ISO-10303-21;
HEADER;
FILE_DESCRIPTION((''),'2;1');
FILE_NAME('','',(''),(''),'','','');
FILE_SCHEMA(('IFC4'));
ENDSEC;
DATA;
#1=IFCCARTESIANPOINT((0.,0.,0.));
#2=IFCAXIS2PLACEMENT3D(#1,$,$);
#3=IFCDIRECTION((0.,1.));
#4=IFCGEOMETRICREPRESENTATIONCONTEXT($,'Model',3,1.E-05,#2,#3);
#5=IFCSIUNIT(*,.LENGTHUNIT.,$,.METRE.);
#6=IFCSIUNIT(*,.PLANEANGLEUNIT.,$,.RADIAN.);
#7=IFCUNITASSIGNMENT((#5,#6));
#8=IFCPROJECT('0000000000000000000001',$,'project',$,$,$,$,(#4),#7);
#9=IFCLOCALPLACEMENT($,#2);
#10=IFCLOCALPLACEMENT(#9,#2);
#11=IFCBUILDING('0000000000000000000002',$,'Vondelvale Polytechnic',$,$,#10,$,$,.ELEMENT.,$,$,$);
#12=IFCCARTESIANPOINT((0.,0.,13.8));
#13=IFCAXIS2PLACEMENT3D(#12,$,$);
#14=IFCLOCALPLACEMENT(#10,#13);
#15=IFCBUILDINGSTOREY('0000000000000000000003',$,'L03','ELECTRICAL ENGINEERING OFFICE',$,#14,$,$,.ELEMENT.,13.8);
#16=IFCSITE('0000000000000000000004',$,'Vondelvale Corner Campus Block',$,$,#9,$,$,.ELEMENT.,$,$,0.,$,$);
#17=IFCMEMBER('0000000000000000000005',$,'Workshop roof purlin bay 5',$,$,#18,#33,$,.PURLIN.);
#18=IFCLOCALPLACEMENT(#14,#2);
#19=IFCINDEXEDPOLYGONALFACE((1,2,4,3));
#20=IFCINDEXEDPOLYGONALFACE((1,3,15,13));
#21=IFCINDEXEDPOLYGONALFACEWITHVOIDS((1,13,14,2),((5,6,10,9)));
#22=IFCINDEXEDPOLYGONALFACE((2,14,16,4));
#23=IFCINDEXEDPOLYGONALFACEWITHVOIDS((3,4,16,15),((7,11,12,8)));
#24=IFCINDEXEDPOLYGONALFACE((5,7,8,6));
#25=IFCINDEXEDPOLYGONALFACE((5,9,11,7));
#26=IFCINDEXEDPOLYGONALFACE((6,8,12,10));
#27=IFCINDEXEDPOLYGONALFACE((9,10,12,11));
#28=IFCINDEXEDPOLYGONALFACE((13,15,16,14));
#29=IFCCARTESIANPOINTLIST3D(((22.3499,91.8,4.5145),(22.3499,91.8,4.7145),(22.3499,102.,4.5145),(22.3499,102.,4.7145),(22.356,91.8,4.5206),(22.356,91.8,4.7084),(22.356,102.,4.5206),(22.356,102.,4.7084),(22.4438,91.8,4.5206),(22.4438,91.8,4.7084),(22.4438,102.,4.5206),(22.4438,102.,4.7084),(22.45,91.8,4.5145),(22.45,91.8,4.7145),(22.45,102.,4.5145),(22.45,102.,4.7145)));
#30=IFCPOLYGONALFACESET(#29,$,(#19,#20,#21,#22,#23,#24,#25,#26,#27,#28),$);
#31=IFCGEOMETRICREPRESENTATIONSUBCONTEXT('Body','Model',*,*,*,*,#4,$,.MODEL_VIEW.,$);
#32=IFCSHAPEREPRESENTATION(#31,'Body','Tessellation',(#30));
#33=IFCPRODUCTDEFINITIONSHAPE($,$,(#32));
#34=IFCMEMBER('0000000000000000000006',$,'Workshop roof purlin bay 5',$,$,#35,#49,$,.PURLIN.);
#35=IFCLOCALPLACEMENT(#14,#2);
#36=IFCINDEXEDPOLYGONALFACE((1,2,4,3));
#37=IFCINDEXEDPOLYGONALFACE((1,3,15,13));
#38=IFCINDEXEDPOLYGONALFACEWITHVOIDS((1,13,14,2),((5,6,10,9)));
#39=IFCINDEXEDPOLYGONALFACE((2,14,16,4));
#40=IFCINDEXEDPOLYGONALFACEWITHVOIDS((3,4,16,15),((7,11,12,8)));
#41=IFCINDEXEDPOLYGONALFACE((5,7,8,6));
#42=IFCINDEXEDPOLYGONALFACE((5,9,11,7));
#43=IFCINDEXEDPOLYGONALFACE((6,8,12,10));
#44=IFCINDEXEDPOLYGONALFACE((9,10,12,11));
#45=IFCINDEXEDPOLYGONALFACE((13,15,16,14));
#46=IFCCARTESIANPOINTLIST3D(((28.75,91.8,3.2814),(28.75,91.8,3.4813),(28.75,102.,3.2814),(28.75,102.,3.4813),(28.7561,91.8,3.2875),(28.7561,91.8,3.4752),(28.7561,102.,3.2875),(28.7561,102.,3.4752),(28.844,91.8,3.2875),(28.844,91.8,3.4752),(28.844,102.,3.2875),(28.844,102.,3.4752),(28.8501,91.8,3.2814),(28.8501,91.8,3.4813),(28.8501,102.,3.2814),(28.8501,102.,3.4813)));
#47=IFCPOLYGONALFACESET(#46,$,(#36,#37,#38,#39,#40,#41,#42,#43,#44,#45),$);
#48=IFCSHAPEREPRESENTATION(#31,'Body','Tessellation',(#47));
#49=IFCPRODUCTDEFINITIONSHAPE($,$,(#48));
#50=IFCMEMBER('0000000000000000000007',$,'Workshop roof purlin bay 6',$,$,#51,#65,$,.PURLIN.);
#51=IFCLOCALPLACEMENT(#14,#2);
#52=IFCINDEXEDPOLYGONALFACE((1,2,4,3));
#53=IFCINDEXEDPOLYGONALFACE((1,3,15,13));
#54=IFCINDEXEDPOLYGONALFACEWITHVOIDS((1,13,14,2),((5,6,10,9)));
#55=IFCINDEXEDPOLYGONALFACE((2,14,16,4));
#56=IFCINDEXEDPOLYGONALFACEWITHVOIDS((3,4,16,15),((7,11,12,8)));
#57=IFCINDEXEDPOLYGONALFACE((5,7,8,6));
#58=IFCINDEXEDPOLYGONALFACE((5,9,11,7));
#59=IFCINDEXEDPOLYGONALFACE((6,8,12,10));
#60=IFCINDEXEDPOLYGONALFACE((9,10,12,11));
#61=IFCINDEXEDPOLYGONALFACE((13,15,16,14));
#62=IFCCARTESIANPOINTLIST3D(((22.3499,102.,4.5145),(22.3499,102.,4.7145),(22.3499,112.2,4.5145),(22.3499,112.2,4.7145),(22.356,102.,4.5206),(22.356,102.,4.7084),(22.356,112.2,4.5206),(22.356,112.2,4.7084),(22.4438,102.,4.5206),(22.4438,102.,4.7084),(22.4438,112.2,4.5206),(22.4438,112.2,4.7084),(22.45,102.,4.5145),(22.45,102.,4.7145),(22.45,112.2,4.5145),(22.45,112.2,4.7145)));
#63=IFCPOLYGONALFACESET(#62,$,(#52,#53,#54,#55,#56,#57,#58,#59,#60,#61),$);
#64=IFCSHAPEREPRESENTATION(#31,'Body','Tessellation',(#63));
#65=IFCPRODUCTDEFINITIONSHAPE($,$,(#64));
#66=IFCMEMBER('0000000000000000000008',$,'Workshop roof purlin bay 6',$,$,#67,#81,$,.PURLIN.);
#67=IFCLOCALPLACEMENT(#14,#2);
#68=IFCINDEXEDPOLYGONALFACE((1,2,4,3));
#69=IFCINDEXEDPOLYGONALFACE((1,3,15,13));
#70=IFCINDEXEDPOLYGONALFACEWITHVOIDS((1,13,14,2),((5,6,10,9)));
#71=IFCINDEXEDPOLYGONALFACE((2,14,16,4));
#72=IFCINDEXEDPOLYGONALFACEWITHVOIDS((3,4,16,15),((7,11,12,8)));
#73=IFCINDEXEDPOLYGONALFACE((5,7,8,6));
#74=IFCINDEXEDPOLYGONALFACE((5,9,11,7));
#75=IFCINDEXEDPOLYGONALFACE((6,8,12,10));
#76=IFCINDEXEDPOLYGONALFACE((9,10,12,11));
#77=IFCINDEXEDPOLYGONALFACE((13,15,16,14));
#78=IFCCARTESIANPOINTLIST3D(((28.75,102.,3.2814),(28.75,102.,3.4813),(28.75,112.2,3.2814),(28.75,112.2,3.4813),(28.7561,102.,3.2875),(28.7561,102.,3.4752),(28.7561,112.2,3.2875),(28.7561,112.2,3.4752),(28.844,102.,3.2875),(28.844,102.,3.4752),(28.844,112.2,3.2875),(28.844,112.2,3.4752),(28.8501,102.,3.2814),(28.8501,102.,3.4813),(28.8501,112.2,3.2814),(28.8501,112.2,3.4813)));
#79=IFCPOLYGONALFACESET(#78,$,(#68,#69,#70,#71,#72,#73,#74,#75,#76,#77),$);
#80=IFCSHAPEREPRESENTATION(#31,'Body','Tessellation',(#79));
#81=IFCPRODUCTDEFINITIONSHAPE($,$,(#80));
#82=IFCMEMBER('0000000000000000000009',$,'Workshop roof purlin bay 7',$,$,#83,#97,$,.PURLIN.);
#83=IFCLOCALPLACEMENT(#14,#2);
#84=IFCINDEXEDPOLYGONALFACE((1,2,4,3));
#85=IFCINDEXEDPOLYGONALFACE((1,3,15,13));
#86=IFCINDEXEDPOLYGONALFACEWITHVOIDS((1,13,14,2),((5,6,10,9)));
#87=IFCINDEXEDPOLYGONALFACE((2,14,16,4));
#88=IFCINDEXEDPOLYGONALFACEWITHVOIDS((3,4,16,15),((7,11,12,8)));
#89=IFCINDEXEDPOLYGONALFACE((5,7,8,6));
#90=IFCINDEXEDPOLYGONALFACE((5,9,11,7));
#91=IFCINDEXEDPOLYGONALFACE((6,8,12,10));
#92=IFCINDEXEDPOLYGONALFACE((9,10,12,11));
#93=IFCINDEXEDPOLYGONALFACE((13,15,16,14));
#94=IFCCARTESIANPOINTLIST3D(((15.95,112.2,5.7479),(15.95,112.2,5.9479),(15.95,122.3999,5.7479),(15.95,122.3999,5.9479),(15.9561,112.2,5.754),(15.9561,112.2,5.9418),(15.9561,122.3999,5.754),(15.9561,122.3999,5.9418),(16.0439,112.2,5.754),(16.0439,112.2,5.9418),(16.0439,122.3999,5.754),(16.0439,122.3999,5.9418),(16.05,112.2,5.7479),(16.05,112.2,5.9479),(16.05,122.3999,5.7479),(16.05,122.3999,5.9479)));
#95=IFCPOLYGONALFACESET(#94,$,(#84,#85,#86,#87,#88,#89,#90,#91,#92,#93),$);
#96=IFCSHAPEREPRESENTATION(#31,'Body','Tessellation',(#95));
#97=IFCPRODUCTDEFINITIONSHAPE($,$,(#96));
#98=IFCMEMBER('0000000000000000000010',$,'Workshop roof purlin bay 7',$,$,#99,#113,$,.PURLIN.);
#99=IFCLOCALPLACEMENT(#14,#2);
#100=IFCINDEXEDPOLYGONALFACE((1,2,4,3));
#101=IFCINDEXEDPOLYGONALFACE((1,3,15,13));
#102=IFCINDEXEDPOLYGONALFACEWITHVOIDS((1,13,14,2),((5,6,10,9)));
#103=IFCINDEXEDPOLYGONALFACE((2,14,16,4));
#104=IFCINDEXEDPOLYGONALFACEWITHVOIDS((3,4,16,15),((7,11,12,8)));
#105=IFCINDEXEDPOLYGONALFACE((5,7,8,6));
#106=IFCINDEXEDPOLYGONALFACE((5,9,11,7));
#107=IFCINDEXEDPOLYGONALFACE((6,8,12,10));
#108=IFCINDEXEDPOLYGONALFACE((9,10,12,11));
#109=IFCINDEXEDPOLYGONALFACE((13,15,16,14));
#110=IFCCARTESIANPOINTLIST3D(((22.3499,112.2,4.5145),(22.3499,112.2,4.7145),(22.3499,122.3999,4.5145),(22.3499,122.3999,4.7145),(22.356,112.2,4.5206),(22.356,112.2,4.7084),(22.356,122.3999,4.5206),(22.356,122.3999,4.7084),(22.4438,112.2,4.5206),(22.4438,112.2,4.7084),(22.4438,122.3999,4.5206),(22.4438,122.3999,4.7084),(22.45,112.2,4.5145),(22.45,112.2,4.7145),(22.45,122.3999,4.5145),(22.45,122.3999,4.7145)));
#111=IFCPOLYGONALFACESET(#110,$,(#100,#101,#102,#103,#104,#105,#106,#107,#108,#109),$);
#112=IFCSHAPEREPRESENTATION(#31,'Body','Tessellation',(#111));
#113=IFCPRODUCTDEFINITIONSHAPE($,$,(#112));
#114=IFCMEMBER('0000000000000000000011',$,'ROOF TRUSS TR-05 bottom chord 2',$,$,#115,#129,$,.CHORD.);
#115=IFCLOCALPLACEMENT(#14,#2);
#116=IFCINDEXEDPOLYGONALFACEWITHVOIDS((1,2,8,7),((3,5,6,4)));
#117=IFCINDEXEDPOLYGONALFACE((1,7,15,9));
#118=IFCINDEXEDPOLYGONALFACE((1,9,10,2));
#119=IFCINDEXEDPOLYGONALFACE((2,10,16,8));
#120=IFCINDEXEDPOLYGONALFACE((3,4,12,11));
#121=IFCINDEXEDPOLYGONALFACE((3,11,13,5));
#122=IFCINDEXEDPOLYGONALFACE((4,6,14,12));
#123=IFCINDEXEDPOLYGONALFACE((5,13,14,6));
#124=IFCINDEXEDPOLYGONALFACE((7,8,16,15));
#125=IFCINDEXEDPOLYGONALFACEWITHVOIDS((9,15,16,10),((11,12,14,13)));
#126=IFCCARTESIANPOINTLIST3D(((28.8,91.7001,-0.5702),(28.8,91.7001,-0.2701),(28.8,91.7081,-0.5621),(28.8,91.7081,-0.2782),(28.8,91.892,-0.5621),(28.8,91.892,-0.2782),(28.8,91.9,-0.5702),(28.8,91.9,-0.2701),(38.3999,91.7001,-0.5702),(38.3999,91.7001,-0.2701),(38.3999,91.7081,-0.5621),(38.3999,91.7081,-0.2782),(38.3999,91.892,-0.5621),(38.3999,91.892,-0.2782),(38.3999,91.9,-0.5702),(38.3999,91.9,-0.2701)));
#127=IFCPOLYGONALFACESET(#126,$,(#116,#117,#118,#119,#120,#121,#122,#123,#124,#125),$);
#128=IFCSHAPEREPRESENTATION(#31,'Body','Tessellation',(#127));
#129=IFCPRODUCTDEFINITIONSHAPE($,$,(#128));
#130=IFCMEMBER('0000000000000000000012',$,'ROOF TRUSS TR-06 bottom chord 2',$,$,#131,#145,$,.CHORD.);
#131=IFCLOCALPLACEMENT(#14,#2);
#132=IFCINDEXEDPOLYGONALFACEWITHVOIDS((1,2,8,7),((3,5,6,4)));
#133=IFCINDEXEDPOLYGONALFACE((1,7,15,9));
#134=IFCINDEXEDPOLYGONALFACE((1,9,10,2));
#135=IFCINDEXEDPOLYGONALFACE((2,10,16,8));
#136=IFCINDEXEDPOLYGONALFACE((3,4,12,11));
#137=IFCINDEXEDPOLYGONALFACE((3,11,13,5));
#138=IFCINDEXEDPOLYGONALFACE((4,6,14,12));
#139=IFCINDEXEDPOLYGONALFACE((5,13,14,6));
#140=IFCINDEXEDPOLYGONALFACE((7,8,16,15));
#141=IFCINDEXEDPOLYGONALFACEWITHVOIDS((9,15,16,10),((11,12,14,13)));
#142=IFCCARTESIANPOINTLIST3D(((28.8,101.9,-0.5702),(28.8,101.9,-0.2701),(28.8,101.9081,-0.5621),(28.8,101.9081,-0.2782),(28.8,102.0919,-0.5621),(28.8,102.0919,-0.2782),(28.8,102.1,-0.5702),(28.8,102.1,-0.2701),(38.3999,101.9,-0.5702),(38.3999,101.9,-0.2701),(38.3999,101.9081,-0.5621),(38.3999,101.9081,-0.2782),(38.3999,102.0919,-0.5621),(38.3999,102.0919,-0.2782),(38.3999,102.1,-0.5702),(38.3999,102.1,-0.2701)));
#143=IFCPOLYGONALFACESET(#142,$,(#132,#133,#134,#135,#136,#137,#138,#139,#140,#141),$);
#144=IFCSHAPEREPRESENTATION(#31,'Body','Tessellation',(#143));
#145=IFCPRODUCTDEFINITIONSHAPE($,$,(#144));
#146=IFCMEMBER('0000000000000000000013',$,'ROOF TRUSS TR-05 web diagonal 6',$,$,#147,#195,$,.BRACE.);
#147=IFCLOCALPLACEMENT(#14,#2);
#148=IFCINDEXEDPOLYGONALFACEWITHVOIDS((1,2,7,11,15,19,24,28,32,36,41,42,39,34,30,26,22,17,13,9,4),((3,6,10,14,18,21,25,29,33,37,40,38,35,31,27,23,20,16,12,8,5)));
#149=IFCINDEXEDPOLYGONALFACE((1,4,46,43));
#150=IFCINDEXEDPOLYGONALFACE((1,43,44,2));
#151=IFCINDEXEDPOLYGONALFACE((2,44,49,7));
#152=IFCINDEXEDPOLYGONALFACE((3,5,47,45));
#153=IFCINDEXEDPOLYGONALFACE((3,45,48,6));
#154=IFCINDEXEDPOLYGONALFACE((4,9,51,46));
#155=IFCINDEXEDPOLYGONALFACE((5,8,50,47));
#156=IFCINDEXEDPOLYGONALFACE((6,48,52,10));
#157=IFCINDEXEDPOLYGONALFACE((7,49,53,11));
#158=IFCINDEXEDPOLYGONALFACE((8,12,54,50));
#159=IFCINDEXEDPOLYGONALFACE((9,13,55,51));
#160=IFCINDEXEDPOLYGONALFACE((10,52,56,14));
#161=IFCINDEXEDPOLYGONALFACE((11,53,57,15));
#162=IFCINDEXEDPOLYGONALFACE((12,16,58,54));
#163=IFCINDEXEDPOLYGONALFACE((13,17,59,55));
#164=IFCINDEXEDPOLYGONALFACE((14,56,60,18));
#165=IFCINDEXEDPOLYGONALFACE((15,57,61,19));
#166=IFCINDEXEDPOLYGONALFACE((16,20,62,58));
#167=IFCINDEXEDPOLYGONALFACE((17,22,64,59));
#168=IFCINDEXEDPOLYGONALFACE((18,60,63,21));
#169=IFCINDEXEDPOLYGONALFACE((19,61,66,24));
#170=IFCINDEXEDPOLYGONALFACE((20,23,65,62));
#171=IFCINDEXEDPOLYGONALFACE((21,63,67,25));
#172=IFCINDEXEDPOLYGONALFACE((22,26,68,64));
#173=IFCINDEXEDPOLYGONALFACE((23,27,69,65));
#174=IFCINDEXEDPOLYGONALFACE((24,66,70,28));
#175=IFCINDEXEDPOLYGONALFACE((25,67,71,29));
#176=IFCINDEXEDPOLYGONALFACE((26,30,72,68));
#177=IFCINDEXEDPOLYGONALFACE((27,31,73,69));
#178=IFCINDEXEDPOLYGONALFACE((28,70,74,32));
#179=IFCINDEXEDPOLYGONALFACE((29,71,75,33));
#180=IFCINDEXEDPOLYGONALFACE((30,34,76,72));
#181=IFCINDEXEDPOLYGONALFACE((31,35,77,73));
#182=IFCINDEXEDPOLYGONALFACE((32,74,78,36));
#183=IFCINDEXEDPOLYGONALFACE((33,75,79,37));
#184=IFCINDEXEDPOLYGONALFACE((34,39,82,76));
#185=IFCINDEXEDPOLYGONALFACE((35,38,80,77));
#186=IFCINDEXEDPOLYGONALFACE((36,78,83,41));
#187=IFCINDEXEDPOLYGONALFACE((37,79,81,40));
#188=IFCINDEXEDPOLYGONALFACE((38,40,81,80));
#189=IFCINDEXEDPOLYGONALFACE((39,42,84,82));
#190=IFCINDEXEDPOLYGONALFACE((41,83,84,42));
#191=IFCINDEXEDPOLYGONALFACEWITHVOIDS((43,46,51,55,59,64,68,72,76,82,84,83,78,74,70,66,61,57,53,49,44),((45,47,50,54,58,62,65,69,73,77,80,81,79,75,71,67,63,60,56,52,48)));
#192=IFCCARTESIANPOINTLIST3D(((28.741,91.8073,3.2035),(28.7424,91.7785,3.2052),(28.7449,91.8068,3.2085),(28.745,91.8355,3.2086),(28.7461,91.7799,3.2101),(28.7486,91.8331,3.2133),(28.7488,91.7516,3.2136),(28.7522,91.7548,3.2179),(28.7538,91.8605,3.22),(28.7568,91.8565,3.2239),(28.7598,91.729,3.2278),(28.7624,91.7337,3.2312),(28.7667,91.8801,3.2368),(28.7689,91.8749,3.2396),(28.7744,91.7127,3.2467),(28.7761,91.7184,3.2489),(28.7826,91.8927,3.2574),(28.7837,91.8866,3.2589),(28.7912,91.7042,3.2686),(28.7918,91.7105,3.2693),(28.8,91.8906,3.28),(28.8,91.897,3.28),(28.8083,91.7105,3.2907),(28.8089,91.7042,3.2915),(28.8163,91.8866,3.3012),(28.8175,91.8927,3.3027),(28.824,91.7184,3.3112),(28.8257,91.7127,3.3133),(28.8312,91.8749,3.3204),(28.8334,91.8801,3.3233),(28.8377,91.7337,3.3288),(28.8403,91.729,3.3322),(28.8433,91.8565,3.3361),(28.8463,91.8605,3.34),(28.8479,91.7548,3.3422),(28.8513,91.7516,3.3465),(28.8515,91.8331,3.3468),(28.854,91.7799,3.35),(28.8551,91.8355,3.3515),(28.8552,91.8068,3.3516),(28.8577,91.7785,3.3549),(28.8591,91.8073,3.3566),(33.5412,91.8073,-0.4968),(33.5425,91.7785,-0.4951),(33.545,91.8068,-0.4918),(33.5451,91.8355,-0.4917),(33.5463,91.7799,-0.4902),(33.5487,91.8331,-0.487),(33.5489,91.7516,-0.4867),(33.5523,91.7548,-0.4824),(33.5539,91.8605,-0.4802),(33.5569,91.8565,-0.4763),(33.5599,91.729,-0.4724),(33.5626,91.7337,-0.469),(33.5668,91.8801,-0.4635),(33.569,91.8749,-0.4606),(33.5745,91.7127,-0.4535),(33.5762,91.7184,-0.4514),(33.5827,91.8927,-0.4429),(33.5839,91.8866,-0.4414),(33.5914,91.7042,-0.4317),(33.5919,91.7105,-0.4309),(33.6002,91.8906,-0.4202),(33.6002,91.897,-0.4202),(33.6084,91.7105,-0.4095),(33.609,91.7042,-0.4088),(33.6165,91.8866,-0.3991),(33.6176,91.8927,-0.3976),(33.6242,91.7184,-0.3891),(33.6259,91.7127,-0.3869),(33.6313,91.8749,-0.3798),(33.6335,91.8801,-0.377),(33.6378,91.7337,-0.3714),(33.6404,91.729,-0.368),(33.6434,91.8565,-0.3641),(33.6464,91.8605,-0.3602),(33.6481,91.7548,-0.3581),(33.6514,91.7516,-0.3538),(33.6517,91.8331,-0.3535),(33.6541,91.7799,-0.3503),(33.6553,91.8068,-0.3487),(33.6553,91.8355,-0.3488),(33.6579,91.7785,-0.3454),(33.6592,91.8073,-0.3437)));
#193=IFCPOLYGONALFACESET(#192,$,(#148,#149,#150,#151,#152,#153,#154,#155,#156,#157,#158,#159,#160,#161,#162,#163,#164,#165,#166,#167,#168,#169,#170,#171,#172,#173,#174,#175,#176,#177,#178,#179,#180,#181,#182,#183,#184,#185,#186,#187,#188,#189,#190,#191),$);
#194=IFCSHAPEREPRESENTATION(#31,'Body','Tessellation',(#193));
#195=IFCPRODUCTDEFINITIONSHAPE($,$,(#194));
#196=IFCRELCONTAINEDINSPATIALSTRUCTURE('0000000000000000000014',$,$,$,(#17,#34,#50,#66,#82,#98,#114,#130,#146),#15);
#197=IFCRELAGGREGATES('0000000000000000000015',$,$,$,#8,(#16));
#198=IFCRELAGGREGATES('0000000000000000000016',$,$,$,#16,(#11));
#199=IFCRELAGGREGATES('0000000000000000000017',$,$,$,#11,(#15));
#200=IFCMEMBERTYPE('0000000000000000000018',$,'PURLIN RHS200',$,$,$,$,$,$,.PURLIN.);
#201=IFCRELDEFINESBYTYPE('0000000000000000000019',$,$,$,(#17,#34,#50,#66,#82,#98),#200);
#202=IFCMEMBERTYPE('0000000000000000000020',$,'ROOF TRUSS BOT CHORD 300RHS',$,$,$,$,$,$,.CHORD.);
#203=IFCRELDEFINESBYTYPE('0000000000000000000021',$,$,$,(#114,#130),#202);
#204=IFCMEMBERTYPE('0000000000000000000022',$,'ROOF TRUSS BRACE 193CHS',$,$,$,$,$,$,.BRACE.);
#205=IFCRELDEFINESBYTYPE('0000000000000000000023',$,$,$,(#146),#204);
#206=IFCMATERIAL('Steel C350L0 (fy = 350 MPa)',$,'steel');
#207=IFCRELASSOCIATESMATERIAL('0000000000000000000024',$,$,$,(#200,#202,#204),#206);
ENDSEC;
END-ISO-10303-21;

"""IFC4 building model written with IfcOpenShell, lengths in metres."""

from ifc_helpers import new_model, si_unit, direction, frame, origin, origin_2d, place, context, subcontext, project, spatial, hollow_rectangle, hollow_circle, extrude, material, material_profile, profile_set, type_object, element, save


model = new_model("IFC4")

# Units and contexts
model_context = context("Model", 3, precision=1e-05, world=origin(), true_north=direction((0.0, 1.0)))
body_context = subcontext(model_context, "Body", "Model", "MODEL_VIEW")
ifc_project = project(units=[si_unit("LENGTHUNIT", "METRE"), si_unit("PLANEANGLEUNIT", "RADIAN")], contexts=[model_context])

# Site, building, storey
site_placement = place(None, origin())
site = spatial("IfcSite", under=ifc_project, at=site_placement, Name="Vondelvale Corner Campus Block", CompositionType="ELEMENT", RefElevation=0.0)
building_placement = place(site_placement, origin())
building = spatial("IfcBuilding", under=site, at=building_placement, Name="Vondelvale Polytechnic", CompositionType="ELEMENT")
storey_placement = place(building_placement, frame((0.0, 0.0, 13.8)))
storey = spatial("IfcBuildingStorey", under=building, at=storey_placement, Name="L03", Description="ELECTRICAL ENGINEERING OFFICE", CompositionType="ELEMENT", Elevation=13.8)

# Members
ifc_material_1 = material(Name="Steel C350L0 (fy = 350 MPa)", Category="steel")
ifc_material_profile_1 = material_profile(ifc_material_1, hollow_rectangle(XDim=0.1001, YDim=0.2, WallThickness=0.0061, at=origin_2d()), Name="200x100x6.0RHS")
ifc_profile_set_1 = profile_set([ifc_material_profile_1], Name="Steel C350L0 (fy = 350 MPa)")
member_type_1 = type_object("IfcMemberType", Name="PURLIN RHS200", PredefinedType="PURLIN", material=ifc_profile_set_1)
for number, where, z_axis, x_axis, name in (
    (1, (22.3999, 91.8, 4.6145), (0.0, 1.0, 0.0), (-1.0, 0.0, 0.0), "Workshop roof purlin bay 5"),
    (2, (28.8, 91.8, 3.3813), (0.0, 1.0, 0.0), (-1.0, 0.0, 0.0), "Workshop roof purlin bay 5"),
    (3, (22.3999, 102.0, 4.6145), (0.0, 1.0, 0.0), (-1.0, 0.0, 0.0), "Workshop roof purlin bay 6"),
    (4, (28.8, 102.0, 3.3813), (0.0, 1.0, 0.0), (-1.0, 0.0, 0.0), "Workshop roof purlin bay 6"),
    (5, (16.0, 112.2, 5.8479), (0.0, 1.0, 0.0), (-1.0, 0.0, 0.0), "Workshop roof purlin bay 7"),
    (6, (22.3999, 112.2, 4.6145), (0.0, 1.0, 0.0), (-1.0, 0.0, 0.0), "Workshop roof purlin bay 7"),
):
    element("IfcMember", number, at=place(storey_placement, frame(where, z_axis=z_axis, x_axis=x_axis)), inside=storey, type_object=member_type_1, Name=name, PredefinedType="PURLIN", context=body_context, shape_type="SweptSolid", body=[
        extrude(hollow_rectangle(XDim=0.1001, YDim=0.2, WallThickness=0.0061, at=origin_2d()), origin(), (0.0, 0.0, 1.0), 10.2),
    ])
ifc_material_profile_2 = material_profile(ifc_material_1, hollow_rectangle(XDim=0.2, YDim=0.3, WallThickness=0.0081, at=origin_2d()), Name="300x200x8.0RHS")
ifc_profile_set_2 = profile_set([ifc_material_profile_2], Name="Steel C350L0 (fy = 350 MPa)")
member_type_2 = type_object("IfcMemberType", Name="ROOF TRUSS BOT CHORD 300RHS", PredefinedType="CHORD", material=ifc_profile_set_2)
for number, where, z_axis, x_axis, name in (
    (7, (28.8, 91.8, -0.4202), (1.0, 0.0, 0.0), (0.0, 1.0, 0.0), "ROOF TRUSS TR-05 bottom chord 2"),
    (8, (28.8, 102.0, -0.4202), (1.0, 0.0, 0.0), (0.0, 1.0, 0.0), "ROOF TRUSS TR-06 bottom chord 2"),
):
    element("IfcMember", number, at=place(storey_placement, frame(where, z_axis=z_axis, x_axis=x_axis)), inside=storey, type_object=member_type_2, Name=name, PredefinedType="CHORD", context=body_context, shape_type="SweptSolid", body=[
        extrude(hollow_rectangle(XDim=0.2, YDim=0.3, WallThickness=0.0081, at=origin_2d()), origin(), (0.0, 0.0, 1.0), 9.5999),
    ])
ifc_material_profile_3 = material_profile(ifc_material_1, hollow_circle(Radius=0.0969, WallThickness=0.0063, at=origin_2d()), Name="193.7x6.4CHS")
ifc_profile_set_3 = profile_set([ifc_material_profile_3], Name="Steel C350L0 (fy = 350 MPa)")
member_type_3 = type_object("IfcMemberType", Name="ROOF TRUSS BRACE 193CHS", PredefinedType="BRACE", material=ifc_profile_set_3)
member_1_placement = place(storey_placement, frame((28.8, 91.8, 3.28), z_axis=(0.791998, 0.0, -0.610524), x_axis=(0.0, 1.0, 0.0)))
element("IfcMember", 9, at=member_1_placement, inside=storey, type_object=member_type_3, Name="ROOF TRUSS TR-05 web diagonal 6", PredefinedType="BRACE", context=body_context, shape_type="SweptSolid", body=[
    extrude(hollow_circle(Radius=0.0969, WallThickness=0.0063, at=origin_2d()), origin(), (0.0, 0.0, 1.0), 6.0608),
])

save(model, "model.ifc")
